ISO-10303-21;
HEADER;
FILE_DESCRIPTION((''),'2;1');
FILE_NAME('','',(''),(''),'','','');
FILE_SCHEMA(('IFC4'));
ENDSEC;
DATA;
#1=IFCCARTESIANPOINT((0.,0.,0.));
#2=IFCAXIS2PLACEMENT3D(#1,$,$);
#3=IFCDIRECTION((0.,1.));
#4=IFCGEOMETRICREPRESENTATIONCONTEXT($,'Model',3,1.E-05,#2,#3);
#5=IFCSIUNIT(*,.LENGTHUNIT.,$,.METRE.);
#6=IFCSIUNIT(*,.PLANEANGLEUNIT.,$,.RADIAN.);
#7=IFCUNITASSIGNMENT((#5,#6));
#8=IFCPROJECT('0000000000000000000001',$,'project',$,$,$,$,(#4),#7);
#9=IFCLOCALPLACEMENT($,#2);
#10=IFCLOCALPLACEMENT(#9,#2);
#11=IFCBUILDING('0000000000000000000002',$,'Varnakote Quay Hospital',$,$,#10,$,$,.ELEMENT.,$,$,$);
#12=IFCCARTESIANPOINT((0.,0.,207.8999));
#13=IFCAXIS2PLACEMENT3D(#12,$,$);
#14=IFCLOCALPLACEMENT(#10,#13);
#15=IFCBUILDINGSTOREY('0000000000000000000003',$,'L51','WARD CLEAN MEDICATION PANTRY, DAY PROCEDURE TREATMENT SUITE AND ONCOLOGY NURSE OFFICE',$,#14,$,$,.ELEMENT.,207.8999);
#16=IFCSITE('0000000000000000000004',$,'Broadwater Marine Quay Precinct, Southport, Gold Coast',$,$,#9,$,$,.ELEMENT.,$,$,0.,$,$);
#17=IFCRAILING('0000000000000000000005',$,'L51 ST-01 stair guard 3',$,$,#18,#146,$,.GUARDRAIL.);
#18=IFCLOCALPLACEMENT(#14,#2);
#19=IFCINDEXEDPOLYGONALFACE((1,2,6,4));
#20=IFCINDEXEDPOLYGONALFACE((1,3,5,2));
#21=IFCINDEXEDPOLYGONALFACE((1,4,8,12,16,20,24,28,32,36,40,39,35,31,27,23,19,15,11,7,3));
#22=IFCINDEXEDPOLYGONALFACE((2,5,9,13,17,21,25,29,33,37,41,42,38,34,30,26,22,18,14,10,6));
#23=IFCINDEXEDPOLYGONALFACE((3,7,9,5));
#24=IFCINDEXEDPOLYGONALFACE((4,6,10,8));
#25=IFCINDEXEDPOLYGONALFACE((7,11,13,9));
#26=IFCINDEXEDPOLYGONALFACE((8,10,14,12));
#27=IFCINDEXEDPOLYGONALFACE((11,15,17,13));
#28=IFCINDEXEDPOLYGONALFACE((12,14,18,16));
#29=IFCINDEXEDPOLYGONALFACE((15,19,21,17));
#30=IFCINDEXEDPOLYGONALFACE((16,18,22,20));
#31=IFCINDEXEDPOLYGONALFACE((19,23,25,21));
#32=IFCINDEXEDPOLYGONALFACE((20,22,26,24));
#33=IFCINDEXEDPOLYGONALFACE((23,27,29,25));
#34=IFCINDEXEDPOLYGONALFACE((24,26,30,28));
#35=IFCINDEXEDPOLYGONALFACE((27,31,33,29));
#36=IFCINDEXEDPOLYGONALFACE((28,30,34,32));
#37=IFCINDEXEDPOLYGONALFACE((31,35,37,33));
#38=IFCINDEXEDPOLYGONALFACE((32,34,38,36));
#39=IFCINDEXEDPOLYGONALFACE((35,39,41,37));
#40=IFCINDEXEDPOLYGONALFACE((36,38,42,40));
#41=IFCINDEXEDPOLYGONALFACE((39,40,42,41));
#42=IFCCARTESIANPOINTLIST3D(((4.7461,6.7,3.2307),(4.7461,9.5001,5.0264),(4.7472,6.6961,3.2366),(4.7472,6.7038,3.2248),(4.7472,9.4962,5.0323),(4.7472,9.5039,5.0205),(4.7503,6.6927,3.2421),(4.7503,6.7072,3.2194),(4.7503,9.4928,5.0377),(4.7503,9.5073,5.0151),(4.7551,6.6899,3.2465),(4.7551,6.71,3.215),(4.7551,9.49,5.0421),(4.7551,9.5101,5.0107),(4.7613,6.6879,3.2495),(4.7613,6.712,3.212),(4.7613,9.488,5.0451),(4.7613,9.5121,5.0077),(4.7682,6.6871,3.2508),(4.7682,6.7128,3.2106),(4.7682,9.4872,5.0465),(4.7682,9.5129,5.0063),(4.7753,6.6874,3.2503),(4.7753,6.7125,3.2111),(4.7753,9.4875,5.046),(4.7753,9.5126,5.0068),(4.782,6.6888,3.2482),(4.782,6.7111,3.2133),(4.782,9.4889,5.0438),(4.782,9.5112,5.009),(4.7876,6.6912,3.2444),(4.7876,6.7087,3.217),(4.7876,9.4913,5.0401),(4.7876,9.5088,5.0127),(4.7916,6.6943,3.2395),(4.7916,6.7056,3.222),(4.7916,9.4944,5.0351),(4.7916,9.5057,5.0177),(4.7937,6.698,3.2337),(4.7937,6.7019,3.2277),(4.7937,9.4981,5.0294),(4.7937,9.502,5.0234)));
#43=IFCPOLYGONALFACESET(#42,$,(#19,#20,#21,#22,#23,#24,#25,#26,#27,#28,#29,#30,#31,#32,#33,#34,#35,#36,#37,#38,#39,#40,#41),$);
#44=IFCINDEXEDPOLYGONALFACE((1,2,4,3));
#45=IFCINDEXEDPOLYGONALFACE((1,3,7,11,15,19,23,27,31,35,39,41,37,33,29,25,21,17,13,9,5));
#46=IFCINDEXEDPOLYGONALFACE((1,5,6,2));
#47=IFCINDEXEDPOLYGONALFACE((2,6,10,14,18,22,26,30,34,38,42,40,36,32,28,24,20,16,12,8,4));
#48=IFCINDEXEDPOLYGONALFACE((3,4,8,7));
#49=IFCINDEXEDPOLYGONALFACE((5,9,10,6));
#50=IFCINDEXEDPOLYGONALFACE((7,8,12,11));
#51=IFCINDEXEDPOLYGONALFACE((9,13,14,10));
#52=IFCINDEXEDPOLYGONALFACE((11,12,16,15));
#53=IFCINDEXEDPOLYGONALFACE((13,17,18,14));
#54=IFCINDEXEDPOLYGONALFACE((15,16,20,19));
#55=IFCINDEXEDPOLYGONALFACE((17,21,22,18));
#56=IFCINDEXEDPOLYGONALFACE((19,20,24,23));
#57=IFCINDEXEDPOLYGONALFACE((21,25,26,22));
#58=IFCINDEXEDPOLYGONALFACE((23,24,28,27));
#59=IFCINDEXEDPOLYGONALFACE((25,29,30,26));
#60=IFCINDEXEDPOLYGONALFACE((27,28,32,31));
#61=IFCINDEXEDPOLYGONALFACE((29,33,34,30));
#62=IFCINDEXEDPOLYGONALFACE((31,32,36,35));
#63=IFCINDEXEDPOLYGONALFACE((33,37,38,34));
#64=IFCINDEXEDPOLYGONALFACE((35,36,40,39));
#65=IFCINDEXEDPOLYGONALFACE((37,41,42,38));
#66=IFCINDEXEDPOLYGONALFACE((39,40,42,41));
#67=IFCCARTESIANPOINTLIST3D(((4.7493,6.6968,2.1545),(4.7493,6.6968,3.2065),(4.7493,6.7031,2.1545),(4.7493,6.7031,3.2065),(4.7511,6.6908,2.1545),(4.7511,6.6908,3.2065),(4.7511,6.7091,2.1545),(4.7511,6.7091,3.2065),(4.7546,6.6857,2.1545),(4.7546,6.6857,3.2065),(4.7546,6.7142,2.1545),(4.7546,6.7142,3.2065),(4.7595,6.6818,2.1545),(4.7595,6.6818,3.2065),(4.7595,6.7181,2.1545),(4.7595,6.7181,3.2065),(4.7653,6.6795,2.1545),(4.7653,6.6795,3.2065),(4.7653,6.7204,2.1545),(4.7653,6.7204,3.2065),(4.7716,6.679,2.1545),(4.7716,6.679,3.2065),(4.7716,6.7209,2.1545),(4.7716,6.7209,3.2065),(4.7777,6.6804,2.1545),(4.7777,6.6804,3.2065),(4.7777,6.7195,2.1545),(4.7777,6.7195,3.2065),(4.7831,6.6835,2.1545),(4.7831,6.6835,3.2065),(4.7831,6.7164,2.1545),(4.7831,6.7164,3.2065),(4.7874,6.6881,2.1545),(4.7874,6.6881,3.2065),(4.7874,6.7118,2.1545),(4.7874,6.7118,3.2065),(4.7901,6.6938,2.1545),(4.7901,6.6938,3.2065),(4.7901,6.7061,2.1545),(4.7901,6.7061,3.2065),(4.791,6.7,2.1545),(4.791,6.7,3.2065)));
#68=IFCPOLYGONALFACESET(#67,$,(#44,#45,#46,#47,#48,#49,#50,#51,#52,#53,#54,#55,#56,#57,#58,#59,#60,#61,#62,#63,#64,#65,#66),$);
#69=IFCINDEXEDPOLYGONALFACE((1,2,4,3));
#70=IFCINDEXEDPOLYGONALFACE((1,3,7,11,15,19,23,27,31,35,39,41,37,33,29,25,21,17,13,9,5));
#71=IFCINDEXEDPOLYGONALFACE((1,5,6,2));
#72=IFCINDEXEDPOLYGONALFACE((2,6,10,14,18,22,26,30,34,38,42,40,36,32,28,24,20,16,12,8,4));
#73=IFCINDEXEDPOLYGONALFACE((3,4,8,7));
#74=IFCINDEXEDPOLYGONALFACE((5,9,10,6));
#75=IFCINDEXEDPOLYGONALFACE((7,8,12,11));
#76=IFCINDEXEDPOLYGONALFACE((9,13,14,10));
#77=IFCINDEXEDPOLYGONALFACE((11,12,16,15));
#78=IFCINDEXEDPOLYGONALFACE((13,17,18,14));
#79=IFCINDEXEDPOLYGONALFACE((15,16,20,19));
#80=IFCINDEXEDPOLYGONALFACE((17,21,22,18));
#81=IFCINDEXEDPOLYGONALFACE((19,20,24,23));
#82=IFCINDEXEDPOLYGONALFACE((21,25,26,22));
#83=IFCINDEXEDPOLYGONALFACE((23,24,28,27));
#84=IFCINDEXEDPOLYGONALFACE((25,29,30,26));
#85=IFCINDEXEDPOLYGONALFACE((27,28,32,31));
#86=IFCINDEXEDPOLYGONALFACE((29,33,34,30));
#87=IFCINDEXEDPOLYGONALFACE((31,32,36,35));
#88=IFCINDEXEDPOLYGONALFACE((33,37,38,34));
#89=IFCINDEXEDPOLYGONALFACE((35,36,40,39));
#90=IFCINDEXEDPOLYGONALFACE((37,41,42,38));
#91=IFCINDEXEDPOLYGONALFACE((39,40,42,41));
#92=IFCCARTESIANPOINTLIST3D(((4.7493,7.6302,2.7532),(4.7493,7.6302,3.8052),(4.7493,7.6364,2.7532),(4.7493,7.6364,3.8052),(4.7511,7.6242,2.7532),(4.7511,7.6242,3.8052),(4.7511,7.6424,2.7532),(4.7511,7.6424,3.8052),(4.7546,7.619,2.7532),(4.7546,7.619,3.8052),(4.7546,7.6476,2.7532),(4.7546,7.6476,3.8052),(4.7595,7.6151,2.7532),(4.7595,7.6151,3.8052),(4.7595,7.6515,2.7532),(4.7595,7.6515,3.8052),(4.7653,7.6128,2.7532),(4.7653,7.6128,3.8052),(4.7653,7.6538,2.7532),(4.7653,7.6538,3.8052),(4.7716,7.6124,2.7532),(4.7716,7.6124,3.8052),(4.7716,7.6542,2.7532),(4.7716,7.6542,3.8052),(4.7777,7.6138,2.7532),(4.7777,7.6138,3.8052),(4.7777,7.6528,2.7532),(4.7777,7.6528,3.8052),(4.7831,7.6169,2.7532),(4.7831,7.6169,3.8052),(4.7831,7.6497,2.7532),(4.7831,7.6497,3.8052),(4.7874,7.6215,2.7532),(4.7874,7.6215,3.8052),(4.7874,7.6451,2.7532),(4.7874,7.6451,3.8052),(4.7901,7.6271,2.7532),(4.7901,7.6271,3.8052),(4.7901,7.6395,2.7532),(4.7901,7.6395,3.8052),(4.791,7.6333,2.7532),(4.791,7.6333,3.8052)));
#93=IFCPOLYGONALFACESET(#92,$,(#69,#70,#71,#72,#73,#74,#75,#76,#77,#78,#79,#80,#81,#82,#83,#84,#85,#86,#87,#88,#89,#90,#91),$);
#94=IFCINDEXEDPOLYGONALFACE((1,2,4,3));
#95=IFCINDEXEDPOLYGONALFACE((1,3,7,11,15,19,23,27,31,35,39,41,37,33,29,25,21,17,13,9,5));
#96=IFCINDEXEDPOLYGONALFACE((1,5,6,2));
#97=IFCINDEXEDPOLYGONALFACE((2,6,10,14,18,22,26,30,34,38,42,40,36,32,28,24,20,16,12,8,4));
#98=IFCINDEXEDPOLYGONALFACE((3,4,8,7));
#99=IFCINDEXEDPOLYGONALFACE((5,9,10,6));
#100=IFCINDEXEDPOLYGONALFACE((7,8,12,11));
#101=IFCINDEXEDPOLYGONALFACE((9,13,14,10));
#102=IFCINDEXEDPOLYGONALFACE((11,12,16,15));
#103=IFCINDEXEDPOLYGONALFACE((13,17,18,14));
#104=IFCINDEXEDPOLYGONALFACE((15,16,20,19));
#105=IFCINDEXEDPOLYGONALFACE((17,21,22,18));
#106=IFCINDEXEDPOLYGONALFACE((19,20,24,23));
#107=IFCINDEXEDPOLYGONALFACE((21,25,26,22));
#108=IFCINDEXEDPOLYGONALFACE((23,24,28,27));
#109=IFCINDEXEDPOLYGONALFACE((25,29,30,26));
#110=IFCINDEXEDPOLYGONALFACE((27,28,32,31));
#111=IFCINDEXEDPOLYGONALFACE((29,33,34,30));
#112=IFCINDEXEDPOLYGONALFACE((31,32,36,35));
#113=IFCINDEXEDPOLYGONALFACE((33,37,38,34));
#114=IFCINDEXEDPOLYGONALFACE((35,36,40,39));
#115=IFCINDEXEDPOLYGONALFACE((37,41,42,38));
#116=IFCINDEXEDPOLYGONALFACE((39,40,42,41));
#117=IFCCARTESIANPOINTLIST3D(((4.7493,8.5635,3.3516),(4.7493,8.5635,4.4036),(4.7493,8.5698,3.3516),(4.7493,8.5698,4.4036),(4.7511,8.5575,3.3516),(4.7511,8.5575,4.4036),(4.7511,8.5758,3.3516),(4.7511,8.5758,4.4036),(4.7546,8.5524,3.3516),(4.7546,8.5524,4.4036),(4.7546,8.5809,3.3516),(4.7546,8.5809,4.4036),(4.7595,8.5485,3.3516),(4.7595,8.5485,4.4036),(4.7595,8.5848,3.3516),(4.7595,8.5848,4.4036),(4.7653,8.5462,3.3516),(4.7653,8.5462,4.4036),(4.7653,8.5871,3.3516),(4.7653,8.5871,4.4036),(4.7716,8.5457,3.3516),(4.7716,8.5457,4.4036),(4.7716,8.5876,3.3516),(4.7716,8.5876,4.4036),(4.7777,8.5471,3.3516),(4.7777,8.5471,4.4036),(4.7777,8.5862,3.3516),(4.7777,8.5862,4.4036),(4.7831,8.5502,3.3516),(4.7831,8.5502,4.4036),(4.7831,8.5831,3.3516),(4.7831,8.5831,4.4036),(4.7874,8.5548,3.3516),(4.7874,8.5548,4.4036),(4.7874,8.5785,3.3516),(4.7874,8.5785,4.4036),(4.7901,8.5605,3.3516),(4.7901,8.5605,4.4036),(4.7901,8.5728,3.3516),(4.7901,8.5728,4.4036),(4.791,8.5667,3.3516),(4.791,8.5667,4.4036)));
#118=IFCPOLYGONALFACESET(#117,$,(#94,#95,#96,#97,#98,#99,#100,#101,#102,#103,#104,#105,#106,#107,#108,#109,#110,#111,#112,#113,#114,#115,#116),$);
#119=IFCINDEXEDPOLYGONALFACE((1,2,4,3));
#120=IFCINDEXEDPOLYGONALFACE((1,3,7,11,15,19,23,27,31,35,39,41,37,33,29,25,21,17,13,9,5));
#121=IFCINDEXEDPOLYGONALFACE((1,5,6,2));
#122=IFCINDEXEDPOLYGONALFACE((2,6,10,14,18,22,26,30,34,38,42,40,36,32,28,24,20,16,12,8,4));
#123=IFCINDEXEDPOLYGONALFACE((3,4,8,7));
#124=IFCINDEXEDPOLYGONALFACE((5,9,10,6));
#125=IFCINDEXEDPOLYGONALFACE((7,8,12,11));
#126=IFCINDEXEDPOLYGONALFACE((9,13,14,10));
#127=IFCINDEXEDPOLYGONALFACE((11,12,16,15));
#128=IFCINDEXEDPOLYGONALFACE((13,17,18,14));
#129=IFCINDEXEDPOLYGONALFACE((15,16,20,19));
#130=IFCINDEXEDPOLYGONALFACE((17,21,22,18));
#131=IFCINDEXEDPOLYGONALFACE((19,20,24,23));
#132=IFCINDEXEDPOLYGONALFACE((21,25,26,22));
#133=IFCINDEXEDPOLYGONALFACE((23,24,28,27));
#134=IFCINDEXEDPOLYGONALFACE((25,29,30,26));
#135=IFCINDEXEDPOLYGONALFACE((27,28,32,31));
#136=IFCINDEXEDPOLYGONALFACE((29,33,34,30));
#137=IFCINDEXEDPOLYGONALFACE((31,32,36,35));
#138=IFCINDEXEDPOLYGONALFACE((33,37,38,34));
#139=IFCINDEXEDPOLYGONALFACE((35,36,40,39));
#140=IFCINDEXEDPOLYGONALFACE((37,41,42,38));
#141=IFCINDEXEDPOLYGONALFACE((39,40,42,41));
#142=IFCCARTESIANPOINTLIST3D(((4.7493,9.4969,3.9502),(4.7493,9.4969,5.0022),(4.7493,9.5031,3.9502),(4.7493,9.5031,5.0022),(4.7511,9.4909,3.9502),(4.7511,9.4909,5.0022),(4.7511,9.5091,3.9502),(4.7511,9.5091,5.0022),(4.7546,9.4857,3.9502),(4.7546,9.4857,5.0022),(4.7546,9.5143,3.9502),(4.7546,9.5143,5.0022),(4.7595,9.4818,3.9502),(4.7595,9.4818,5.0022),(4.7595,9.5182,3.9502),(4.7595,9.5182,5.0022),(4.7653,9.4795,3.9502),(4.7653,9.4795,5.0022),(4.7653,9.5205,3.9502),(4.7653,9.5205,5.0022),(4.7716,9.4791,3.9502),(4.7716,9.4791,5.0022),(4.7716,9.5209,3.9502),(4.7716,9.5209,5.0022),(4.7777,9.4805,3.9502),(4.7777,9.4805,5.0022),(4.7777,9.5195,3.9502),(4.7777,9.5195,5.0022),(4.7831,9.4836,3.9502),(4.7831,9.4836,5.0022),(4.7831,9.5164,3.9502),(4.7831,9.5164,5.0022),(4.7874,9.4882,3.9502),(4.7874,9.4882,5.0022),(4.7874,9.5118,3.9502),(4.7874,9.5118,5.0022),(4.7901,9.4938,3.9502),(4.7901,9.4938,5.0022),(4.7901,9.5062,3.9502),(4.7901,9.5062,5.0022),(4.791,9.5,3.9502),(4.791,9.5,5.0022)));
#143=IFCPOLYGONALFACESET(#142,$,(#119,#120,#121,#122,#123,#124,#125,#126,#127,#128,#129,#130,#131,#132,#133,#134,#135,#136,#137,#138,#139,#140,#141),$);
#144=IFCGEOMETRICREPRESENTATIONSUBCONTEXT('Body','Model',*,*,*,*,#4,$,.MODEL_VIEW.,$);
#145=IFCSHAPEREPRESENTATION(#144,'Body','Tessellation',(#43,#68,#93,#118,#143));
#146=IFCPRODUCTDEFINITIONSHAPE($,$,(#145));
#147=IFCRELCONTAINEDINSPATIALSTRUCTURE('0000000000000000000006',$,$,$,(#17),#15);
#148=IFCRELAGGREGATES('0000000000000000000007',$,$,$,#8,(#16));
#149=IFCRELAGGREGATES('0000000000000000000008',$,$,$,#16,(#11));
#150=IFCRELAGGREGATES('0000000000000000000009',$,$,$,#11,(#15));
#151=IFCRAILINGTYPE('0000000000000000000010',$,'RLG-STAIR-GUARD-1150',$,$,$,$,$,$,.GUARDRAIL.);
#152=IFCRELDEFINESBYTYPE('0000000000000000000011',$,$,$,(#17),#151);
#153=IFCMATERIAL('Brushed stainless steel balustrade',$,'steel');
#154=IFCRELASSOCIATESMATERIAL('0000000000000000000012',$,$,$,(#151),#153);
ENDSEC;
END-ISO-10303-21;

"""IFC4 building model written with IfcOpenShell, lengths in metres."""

from ifc_helpers import new_model, si_unit, direction, frame, origin, origin_2d, place, context, subcontext, project, spatial, circle, extrude, material, type_object, element, save


model = new_model("IFC4")

# Units and contexts
model_context = context("Model", 3, precision=1e-05, world=origin(), true_north=direction((0.0, 1.0)))
body_context = subcontext(model_context, "Body", "Model", "MODEL_VIEW")
ifc_project = project(units=[si_unit("LENGTHUNIT", "METRE"), si_unit("PLANEANGLEUNIT", "RADIAN")], contexts=[model_context])

# Site, building, storey
site_placement = place(None, origin())
site = spatial("IfcSite", under=ifc_project, at=site_placement, Name="Broadwater Marine Quay Precinct, Southport, Gold Coast", CompositionType="ELEMENT", RefElevation=0.0)
building_placement = place(site_placement, origin())
building = spatial("IfcBuilding", under=site, at=building_placement, Name="Varnakote Quay Hospital", CompositionType="ELEMENT")
storey_placement = place(building_placement, frame((0.0, 0.0, 207.8999)))
storey = spatial("IfcBuildingStorey", under=building, at=storey_placement, Name="L51", Description="WARD CLEAN MEDICATION PANTRY, DAY PROCEDURE TREATMENT SUITE AND ONCOLOGY NURSE OFFICE", CompositionType="ELEMENT", Elevation=207.8999)

# Railing
ifc_material_1 = material(Name="Brushed stainless steel balustrade", Category="steel")
railing_type_1 = type_object("IfcRailingType", Name="RLG-STAIR-GUARD-1150", PredefinedType="GUARDRAIL", material=ifc_material_1)
railing_1_placement = place(storey_placement, frame((4.77, 6.7, 2.1545)))
element("IfcRailing", 1, at=railing_1_placement, inside=storey, type_object=railing_type_1, Name="L51 ST-01 stair guard 3", PredefinedType="GUARDRAIL", context=body_context, shape_type="SweptSolid", body=[
    extrude(circle(Radius=0.0239, at=origin_2d()), frame((0.0, 0.0, 1.0762), z_axis=(0.0, 0.841777, 0.539826), x_axis=(-1.0, 0.0, 0.0)), (0.0, 0.0, 1.0), 3.3264),
    extrude(circle(Radius=0.021, at=origin_2d()), origin(), (0.0, 0.0, 1.0), 1.052),
    extrude(circle(Radius=0.021, at=origin_2d()), frame((0.0, 0.9333, 0.5986)), (0.0, 0.0, 1.0), 1.052),
    extrude(circle(Radius=0.021, at=origin_2d()), frame((0.0, 1.8667, 1.197)), (0.0, 0.0, 1.0), 1.052),
    extrude(circle(Radius=0.021, at=origin_2d()), frame((0.0, 2.8, 1.7957)), (0.0, 0.0, 1.0), 1.052),
])

save(model, "model.ifc")
